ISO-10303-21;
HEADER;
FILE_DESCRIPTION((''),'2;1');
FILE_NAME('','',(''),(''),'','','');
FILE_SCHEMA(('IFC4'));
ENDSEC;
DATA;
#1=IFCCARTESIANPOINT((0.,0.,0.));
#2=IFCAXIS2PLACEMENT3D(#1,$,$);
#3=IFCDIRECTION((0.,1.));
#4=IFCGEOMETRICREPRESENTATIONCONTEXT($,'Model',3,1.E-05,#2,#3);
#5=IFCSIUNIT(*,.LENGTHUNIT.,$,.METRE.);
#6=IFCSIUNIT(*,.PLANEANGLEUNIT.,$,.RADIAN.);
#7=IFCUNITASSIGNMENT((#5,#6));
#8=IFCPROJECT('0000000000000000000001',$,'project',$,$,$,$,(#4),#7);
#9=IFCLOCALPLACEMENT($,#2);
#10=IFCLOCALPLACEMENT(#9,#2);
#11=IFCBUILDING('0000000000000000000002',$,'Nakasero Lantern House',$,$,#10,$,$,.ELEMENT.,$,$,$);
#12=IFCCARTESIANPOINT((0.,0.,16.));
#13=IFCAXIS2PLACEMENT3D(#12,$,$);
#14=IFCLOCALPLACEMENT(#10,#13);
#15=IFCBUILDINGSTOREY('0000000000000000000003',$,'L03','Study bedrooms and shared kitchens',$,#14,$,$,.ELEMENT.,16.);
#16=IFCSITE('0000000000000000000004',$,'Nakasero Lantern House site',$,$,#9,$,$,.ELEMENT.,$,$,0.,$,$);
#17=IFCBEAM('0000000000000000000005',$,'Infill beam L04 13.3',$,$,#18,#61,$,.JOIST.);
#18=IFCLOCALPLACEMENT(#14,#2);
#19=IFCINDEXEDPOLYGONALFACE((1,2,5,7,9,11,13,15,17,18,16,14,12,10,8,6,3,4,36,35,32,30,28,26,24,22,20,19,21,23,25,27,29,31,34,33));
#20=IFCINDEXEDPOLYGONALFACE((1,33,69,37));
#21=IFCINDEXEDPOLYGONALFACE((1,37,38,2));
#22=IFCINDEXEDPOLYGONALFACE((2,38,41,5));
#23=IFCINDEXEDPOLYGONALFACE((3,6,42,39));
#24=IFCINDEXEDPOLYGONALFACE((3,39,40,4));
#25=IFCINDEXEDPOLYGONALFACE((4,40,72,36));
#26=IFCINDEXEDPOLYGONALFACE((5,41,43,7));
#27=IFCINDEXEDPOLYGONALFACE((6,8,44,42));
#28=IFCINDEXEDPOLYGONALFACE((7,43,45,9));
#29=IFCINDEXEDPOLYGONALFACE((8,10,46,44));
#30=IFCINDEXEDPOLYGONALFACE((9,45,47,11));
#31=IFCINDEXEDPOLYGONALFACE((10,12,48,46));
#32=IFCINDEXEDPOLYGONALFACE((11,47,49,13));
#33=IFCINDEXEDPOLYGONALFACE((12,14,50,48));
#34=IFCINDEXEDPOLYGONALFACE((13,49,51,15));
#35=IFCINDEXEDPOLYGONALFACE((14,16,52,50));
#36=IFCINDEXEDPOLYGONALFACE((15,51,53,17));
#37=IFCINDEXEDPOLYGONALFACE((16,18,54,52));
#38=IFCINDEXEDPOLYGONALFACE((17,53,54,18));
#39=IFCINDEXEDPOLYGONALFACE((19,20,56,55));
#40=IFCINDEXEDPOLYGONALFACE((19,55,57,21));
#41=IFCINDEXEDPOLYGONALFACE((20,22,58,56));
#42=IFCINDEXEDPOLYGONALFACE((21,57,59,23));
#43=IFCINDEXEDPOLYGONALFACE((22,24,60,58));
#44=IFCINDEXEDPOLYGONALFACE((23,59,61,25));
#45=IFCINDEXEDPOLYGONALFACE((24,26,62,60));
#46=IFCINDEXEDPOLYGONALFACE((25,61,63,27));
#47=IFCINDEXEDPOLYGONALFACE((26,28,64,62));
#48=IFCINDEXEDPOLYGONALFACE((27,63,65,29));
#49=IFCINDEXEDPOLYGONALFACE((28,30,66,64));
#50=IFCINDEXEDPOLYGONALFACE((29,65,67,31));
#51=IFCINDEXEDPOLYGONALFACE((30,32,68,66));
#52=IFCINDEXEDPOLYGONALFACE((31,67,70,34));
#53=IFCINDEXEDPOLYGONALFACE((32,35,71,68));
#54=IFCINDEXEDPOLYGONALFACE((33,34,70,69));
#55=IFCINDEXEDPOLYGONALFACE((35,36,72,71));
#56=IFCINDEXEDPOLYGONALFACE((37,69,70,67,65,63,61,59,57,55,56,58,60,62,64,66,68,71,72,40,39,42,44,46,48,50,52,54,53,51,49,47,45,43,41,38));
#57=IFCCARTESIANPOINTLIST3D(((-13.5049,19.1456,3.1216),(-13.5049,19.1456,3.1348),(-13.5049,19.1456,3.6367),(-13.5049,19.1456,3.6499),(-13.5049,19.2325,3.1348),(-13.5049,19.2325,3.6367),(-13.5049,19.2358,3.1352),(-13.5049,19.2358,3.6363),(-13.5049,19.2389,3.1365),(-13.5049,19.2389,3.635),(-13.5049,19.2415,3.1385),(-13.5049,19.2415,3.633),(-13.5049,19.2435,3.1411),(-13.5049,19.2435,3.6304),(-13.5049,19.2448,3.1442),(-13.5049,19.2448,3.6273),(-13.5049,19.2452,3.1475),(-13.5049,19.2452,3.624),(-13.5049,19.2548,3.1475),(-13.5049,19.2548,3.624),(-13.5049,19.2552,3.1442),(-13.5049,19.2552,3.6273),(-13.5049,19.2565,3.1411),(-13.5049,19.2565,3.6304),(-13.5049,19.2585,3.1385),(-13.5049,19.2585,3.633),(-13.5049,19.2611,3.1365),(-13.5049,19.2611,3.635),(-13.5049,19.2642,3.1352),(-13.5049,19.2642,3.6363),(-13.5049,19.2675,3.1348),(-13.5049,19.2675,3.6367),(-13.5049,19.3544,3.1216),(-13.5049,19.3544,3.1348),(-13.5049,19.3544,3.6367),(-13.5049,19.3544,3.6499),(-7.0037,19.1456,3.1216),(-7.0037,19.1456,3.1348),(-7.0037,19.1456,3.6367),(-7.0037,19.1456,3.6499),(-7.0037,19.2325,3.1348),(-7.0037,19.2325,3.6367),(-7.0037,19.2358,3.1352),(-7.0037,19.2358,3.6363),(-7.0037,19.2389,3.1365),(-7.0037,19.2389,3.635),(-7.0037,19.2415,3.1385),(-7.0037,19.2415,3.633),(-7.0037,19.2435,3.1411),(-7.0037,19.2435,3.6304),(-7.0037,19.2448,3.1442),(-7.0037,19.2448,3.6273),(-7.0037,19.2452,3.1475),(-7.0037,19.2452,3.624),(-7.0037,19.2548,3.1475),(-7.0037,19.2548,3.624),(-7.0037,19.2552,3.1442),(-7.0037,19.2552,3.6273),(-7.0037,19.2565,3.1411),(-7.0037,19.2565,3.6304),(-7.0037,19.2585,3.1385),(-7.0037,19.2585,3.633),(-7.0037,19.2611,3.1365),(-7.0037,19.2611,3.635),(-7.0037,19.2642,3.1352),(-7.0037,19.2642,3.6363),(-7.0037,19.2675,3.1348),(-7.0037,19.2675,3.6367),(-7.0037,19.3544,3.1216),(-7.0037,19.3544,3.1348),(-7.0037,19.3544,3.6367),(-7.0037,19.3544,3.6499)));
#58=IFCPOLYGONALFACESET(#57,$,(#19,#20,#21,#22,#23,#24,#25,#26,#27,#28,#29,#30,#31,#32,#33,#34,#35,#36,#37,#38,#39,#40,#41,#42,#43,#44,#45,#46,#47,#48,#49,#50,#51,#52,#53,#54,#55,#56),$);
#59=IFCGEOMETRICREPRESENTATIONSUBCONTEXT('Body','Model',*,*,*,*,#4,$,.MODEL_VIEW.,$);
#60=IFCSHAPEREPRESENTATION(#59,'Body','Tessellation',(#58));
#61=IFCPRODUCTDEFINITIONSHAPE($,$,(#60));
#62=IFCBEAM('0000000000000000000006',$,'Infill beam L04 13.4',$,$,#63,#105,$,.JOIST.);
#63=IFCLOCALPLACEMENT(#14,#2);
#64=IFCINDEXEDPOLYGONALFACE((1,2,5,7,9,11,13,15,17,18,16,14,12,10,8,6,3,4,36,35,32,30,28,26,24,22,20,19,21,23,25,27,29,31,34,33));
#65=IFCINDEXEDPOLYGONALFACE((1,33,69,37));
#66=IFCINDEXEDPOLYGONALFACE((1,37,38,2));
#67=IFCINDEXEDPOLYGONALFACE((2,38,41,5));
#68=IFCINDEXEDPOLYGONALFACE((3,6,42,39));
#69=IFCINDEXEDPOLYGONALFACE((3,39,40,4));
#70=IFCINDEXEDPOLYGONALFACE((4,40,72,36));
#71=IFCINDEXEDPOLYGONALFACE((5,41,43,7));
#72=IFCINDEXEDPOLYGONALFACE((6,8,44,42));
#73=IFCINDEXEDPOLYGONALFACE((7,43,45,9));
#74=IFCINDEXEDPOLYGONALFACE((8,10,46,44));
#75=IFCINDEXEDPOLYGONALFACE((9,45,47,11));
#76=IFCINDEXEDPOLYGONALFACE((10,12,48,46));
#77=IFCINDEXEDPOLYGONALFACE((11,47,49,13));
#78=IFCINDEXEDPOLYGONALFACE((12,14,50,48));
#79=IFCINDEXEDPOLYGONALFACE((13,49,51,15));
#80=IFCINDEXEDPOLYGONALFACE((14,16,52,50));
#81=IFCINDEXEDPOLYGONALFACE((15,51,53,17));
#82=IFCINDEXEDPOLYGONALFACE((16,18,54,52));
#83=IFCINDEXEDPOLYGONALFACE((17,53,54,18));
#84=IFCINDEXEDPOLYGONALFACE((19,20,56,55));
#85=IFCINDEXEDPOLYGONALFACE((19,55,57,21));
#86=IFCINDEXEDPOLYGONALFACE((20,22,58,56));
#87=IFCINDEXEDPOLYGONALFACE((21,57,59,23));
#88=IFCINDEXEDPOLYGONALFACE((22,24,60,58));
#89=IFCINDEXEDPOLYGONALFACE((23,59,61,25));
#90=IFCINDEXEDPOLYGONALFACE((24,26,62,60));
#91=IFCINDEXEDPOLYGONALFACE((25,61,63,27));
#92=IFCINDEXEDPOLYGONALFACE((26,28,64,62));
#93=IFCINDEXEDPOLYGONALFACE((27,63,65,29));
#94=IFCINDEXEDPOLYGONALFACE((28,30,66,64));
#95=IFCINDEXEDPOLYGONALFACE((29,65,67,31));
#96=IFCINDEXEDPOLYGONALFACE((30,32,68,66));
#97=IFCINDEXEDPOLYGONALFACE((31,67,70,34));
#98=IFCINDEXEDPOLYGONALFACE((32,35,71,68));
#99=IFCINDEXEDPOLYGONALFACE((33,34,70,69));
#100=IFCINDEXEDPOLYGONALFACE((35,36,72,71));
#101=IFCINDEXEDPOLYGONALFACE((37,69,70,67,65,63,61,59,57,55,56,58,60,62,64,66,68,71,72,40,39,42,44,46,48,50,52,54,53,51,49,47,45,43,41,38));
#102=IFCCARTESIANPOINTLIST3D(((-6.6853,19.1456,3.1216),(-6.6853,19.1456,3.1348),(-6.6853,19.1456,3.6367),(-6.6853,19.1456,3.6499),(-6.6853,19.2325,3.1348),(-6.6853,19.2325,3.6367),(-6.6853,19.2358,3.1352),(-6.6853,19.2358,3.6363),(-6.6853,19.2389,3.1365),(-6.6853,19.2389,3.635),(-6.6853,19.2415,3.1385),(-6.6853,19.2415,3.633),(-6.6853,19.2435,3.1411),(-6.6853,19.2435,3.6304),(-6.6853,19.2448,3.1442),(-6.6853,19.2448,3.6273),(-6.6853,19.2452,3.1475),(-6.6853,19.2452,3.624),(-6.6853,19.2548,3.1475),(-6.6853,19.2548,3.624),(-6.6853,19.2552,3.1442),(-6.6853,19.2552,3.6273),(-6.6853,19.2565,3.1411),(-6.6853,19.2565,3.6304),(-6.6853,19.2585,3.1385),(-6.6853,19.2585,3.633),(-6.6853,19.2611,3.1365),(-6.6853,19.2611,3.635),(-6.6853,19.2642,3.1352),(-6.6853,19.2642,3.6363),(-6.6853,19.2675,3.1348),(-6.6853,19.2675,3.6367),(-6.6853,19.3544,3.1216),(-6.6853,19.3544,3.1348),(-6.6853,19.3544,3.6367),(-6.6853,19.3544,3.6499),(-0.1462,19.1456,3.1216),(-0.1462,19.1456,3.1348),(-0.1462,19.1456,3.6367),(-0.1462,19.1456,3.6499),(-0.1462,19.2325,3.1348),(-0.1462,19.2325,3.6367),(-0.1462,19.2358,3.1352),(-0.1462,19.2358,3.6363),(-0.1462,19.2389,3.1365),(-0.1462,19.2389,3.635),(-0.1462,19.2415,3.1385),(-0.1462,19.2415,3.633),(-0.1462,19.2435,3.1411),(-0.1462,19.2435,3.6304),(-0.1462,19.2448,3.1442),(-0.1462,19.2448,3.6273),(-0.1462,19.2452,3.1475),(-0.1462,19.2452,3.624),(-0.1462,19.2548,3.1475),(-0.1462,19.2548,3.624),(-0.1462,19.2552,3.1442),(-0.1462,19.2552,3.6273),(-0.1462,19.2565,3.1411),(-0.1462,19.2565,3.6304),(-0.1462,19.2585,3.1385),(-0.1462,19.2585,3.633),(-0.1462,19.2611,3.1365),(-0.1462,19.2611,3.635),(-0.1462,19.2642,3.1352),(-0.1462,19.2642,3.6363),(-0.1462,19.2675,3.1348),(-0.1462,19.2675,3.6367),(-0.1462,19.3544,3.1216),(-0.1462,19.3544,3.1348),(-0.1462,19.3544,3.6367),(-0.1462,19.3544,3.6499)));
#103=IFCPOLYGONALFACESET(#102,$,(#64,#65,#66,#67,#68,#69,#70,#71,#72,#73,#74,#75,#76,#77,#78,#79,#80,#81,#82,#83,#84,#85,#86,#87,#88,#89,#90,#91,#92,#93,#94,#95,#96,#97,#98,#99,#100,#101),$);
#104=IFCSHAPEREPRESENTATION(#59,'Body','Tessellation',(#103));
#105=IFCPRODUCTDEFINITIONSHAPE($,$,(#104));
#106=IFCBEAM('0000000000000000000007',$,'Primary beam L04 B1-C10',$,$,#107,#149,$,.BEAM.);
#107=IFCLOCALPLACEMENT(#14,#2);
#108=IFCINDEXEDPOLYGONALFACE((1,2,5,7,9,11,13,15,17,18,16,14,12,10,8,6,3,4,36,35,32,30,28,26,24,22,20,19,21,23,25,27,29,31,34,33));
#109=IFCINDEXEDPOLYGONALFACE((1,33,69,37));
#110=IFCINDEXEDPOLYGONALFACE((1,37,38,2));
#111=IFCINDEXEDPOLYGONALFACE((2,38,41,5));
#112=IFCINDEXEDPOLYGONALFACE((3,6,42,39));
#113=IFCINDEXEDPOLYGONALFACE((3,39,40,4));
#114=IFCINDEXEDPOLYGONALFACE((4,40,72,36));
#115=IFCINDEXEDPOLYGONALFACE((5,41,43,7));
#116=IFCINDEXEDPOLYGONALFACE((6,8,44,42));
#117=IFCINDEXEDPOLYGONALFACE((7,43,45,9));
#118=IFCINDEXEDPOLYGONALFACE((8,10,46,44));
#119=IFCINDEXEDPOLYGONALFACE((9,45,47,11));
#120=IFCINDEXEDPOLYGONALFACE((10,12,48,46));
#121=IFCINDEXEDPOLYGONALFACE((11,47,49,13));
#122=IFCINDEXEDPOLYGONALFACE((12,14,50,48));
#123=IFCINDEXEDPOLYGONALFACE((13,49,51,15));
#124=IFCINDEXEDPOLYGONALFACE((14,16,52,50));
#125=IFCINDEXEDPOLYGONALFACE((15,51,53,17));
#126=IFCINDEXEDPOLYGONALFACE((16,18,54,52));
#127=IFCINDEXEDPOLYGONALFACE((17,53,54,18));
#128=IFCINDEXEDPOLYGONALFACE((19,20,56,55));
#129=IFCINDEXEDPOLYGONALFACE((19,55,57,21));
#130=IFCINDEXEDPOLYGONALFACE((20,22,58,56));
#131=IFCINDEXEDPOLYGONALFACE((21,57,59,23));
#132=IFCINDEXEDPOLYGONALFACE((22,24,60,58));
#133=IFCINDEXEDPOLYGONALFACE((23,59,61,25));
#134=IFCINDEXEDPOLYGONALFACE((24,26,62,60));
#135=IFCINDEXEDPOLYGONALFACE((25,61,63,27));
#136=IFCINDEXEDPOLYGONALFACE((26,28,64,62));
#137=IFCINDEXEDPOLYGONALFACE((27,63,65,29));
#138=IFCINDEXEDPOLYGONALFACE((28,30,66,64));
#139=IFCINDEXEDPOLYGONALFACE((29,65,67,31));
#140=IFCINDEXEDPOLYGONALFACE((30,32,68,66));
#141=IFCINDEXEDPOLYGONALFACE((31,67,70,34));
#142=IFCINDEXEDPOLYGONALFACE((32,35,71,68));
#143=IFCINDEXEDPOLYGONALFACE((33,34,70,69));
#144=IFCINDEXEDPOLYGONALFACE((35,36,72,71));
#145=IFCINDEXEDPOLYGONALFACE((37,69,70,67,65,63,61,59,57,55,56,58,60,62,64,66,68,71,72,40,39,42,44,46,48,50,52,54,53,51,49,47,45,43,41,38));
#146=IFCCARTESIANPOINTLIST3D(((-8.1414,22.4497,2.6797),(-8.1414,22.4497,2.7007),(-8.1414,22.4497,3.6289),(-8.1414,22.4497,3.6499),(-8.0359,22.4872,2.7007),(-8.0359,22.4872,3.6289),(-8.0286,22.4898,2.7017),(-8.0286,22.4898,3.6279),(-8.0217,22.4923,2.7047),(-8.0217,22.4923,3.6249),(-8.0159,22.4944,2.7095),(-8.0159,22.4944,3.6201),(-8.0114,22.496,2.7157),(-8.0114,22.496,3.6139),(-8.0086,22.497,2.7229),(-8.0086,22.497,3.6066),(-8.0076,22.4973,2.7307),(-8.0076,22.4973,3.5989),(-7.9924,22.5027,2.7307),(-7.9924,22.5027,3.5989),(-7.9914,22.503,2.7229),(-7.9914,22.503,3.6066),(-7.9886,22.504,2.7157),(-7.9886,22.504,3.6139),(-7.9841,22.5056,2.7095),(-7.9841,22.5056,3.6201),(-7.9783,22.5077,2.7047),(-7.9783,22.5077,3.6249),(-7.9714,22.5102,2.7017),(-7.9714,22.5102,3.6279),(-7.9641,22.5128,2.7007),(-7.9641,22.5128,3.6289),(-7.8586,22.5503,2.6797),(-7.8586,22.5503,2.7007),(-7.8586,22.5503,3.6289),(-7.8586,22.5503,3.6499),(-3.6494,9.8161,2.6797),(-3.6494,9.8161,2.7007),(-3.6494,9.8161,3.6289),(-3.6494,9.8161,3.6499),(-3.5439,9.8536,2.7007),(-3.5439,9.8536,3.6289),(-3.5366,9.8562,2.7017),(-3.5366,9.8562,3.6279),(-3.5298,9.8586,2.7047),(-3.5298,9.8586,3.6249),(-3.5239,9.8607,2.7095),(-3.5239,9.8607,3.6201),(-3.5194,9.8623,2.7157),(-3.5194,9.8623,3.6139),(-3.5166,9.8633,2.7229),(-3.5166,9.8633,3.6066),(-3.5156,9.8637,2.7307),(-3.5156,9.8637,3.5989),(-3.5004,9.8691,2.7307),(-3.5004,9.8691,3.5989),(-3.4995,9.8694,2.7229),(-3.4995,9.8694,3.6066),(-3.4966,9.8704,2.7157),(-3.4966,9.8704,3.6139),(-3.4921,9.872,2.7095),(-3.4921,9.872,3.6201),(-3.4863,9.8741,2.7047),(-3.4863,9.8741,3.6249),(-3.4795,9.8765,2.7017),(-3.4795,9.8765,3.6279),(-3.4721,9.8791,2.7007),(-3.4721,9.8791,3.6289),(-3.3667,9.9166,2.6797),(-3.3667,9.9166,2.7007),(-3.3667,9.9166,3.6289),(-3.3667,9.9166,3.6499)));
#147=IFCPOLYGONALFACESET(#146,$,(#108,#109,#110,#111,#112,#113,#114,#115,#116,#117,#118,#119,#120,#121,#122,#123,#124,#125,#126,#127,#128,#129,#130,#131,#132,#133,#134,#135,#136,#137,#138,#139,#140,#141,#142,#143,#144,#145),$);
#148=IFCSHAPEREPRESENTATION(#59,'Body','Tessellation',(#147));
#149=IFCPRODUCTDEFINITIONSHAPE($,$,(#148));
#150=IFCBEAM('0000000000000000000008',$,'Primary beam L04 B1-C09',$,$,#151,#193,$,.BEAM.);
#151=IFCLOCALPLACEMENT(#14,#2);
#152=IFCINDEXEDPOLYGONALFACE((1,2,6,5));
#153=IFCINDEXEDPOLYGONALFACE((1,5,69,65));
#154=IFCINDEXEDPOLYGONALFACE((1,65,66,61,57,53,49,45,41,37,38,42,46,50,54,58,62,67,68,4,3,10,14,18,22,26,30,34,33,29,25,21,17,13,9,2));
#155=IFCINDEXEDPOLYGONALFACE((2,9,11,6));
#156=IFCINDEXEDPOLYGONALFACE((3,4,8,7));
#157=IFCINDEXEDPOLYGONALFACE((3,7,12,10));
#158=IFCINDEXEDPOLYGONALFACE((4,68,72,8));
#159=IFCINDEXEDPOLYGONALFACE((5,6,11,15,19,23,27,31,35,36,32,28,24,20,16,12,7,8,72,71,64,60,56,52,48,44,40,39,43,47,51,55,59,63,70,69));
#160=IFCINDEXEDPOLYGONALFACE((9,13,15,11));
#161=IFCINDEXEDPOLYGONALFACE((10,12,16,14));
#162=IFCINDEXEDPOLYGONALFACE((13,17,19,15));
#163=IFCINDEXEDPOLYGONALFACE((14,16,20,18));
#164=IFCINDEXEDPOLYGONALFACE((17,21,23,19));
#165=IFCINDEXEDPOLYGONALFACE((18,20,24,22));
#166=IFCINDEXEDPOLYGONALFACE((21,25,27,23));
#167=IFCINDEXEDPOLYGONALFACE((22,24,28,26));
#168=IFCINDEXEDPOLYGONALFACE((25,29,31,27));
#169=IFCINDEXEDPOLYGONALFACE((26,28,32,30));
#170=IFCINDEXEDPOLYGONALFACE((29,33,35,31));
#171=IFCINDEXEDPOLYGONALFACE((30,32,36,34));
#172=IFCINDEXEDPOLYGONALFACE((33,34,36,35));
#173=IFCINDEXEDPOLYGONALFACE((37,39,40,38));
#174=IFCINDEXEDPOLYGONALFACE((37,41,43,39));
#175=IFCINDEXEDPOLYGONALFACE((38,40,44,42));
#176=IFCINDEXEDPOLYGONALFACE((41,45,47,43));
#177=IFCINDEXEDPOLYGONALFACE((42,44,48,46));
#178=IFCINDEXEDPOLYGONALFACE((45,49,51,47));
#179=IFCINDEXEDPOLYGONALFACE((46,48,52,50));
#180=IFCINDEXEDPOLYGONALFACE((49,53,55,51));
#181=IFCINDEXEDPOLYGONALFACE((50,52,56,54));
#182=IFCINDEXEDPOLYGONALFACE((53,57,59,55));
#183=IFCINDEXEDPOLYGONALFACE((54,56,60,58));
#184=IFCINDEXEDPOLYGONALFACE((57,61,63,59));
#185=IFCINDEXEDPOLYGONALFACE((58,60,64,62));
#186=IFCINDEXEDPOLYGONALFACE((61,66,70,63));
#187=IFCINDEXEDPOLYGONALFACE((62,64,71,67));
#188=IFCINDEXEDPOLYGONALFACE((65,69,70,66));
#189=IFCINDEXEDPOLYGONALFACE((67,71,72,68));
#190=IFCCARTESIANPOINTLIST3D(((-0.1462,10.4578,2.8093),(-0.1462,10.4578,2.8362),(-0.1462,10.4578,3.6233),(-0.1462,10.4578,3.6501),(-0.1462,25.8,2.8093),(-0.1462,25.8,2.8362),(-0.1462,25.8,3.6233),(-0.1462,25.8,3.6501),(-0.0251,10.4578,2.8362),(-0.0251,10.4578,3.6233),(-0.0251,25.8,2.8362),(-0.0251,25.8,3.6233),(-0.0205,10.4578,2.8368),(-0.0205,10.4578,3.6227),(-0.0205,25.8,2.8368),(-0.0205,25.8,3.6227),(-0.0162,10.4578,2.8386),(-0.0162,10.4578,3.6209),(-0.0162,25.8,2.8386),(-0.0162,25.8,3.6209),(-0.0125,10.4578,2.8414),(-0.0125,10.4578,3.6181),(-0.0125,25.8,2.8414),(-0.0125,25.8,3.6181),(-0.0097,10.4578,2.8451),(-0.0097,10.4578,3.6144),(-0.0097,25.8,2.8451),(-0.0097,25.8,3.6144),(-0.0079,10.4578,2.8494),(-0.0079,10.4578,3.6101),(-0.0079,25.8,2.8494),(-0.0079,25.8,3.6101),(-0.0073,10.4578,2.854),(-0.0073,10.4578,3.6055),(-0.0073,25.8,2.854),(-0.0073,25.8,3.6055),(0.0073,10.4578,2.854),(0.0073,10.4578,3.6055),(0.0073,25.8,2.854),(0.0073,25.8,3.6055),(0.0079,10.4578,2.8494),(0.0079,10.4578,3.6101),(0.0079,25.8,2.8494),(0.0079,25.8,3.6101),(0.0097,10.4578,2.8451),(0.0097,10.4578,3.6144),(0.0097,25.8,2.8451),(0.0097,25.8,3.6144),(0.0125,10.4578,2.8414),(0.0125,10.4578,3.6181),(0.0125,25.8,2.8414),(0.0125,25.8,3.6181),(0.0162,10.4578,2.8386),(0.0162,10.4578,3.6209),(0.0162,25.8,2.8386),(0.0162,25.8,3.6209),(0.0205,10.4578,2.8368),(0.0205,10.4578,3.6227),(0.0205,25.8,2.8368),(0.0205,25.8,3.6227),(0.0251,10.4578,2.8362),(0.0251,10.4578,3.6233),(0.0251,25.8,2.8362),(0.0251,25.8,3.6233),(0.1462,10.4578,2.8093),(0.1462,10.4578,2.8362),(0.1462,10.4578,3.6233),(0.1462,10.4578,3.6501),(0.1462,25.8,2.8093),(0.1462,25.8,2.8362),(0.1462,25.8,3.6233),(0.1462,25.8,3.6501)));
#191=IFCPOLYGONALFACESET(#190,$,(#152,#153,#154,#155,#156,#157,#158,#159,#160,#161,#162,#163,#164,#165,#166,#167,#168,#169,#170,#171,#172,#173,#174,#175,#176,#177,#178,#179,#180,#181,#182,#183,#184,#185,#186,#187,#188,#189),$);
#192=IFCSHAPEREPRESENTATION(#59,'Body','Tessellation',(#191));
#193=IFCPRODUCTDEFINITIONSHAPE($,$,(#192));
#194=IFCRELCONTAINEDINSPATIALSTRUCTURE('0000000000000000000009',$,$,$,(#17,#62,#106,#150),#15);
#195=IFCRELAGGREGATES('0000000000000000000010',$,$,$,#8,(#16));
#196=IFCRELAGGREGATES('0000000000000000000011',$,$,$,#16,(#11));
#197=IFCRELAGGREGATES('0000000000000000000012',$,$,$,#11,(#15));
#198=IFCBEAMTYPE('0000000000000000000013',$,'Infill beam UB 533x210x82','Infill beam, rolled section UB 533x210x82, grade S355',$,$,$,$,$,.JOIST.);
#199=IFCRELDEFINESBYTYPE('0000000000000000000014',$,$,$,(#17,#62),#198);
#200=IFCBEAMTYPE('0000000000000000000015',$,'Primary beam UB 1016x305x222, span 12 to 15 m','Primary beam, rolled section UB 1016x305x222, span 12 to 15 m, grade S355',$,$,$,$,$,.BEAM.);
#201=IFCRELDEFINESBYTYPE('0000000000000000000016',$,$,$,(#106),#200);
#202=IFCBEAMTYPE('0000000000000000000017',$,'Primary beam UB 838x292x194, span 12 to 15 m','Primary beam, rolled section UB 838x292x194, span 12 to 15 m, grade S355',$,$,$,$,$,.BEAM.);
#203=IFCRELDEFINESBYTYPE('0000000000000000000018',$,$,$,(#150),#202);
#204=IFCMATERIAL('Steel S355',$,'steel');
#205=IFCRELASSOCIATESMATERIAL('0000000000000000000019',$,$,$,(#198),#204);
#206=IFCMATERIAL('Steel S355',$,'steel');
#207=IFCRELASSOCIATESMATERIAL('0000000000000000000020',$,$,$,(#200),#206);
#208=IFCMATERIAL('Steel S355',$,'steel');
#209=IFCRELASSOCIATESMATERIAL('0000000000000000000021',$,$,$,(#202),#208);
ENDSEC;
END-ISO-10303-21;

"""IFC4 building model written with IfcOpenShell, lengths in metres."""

from ifc_helpers import new_model, si_unit, direction, frame, origin, origin_2d, place, context, subcontext, project, spatial, i_section, extrude, material, material_profile, profile_set, type_object, element, save


model = new_model("IFC4")

# Units and contexts
model_context = context("Model", 3, precision=1e-05, world=origin(), true_north=direction((0.0, 1.0)))
body_context = subcontext(model_context, "Body", "Model", "MODEL_VIEW")
ifc_project = project(units=[si_unit("LENGTHUNIT", "METRE"), si_unit("PLANEANGLEUNIT", "RADIAN")], contexts=[model_context])

# Site, building, storey
site_placement = place(None, origin())
site = spatial("IfcSite", under=ifc_project, at=site_placement, Name="Nakasero Lantern House site", CompositionType="ELEMENT", RefElevation=0.0)
building_placement = place(site_placement, origin())
building = spatial("IfcBuilding", under=site, at=building_placement, Name="Nakasero Lantern House", CompositionType="ELEMENT")
storey_placement = place(building_placement, frame((0.0, 0.0, 16.0)))
storey = spatial("IfcBuildingStorey", under=building, at=storey_placement, Name="L03", Description="Study bedrooms and shared kitchens", CompositionType="ELEMENT", Elevation=16.0)

# Beams
ifc_material_1 = material(Name="Steel S355", Category="steel")
ifc_material_profile_1 = material_profile(ifc_material_1, i_section(OverallWidth=0.2087, OverallDepth=0.5283, WebThickness=0.0095, FlangeThickness=0.0132, FilletRadius=0.0127, at=origin_2d()), Name="UB 533x210x82")
ifc_profile_set_1 = profile_set([ifc_material_profile_1], Name="Steel S355")
beam_type_1 = type_object("IfcBeamType", Name="Infill beam UB 533x210x82", Description="Infill beam, rolled section UB 533x210x82, grade S355", PredefinedType="JOIST", material=ifc_profile_set_1)
beam_1_placement = place(storey_placement, frame((-13.5049, 19.25, 3.3857), z_axis=(1.0, 0.0, 0.0), x_axis=(0.0, 1.0, 0.0)))
element("IfcBeam", 1, at=beam_1_placement, inside=storey, type_object=beam_type_1, Name="Infill beam L04 13.3", PredefinedType="JOIST", context=body_context, shape_type="SweptSolid", body=[
    extrude(i_section(OverallWidth=0.2087, OverallDepth=0.5283, WebThickness=0.0095, FlangeThickness=0.0132, FilletRadius=0.0127, at=origin_2d()), origin(), (0.0, 0.0, 1.0), 6.5012),
])
beam_2_placement = place(storey_placement, frame((-6.6853, 19.25, 3.3857), z_axis=(1.0, 0.0, 0.0), x_axis=(0.0, 1.0, 0.0)))
element("IfcBeam", 2, at=beam_2_placement, inside=storey, type_object=beam_type_1, Name="Infill beam L04 13.4", PredefinedType="JOIST", context=body_context, shape_type="SweptSolid", body=[
    extrude(i_section(OverallWidth=0.2087, OverallDepth=0.5283, WebThickness=0.0095, FlangeThickness=0.0132, FilletRadius=0.0127, at=origin_2d()), origin(), (0.0, 0.0, 1.0), 6.5391),
])
ifc_material_2 = material(Name="Steel S355", Category="steel")
ifc_material_profile_2 = material_profile(ifc_material_2, i_section(OverallWidth=0.3, OverallDepth=0.9702, WebThickness=0.0161, FlangeThickness=0.021, FilletRadius=0.03, at=origin_2d()), Name="UB 1016x305x222")
ifc_profile_set_2 = profile_set([ifc_material_profile_2], Name="Steel S355")
beam_type_2 = type_object("IfcBeamType", Name="Primary beam UB 1016x305x222, span 12 to 15 m", Description="Primary beam, rolled section UB 1016x305x222, span 12 to 15 m, grade S355", PredefinedType="BEAM", material=ifc_profile_set_2)
beam_3_placement = place(storey_placement, frame((-8.0, 22.5, 3.1648), z_axis=(0.335011, -0.942214, 0.0), x_axis=(0.942214, 0.335011, 0.0)))
element("IfcBeam", 3, at=beam_3_placement, inside=storey, type_object=beam_type_2, Name="Primary beam L04 B1-C10", PredefinedType="BEAM", context=body_context, shape_type="SweptSolid", body=[
    extrude(i_section(OverallWidth=0.3, OverallDepth=0.9702, WebThickness=0.0161, FlangeThickness=0.021, FilletRadius=0.03, at=origin_2d()), origin(), (0.0, 0.0, 1.0), 13.4084),
])
ifc_material_3 = material(Name="Steel S355", Category="steel")
ifc_material_profile_3 = material_profile(ifc_material_3, i_section(OverallWidth=0.2925, OverallDepth=0.8408, WebThickness=0.0146, FlangeThickness=0.0269, FilletRadius=0.0178, at=origin_2d()), Name="UB 838x292x194")
ifc_profile_set_3 = profile_set([ifc_material_profile_3], Name="Steel S355")
beam_type_3 = type_object("IfcBeamType", Name="Primary beam UB 838x292x194, span 12 to 15 m", Description="Primary beam, rolled section UB 838x292x194, span 12 to 15 m, grade S355", PredefinedType="BEAM", material=ifc_profile_set_3)
beam_4_placement = place(storey_placement, frame((0.0, 25.8, 3.2297), z_axis=(0.0, -1.0, 0.0), x_axis=(1.0, 0.0, 0.0)))
element("IfcBeam", 4, at=beam_4_placement, inside=storey, type_object=beam_type_3, Name="Primary beam L04 B1-C09", PredefinedType="BEAM", context=body_context, shape_type="SweptSolid", body=[
    extrude(i_section(OverallWidth=0.2925, OverallDepth=0.8408, WebThickness=0.0146, FlangeThickness=0.0269, FilletRadius=0.0178, at=origin_2d()), origin(), (0.0, 0.0, 1.0), 15.3423),
])

save(model, "model.ifc")
